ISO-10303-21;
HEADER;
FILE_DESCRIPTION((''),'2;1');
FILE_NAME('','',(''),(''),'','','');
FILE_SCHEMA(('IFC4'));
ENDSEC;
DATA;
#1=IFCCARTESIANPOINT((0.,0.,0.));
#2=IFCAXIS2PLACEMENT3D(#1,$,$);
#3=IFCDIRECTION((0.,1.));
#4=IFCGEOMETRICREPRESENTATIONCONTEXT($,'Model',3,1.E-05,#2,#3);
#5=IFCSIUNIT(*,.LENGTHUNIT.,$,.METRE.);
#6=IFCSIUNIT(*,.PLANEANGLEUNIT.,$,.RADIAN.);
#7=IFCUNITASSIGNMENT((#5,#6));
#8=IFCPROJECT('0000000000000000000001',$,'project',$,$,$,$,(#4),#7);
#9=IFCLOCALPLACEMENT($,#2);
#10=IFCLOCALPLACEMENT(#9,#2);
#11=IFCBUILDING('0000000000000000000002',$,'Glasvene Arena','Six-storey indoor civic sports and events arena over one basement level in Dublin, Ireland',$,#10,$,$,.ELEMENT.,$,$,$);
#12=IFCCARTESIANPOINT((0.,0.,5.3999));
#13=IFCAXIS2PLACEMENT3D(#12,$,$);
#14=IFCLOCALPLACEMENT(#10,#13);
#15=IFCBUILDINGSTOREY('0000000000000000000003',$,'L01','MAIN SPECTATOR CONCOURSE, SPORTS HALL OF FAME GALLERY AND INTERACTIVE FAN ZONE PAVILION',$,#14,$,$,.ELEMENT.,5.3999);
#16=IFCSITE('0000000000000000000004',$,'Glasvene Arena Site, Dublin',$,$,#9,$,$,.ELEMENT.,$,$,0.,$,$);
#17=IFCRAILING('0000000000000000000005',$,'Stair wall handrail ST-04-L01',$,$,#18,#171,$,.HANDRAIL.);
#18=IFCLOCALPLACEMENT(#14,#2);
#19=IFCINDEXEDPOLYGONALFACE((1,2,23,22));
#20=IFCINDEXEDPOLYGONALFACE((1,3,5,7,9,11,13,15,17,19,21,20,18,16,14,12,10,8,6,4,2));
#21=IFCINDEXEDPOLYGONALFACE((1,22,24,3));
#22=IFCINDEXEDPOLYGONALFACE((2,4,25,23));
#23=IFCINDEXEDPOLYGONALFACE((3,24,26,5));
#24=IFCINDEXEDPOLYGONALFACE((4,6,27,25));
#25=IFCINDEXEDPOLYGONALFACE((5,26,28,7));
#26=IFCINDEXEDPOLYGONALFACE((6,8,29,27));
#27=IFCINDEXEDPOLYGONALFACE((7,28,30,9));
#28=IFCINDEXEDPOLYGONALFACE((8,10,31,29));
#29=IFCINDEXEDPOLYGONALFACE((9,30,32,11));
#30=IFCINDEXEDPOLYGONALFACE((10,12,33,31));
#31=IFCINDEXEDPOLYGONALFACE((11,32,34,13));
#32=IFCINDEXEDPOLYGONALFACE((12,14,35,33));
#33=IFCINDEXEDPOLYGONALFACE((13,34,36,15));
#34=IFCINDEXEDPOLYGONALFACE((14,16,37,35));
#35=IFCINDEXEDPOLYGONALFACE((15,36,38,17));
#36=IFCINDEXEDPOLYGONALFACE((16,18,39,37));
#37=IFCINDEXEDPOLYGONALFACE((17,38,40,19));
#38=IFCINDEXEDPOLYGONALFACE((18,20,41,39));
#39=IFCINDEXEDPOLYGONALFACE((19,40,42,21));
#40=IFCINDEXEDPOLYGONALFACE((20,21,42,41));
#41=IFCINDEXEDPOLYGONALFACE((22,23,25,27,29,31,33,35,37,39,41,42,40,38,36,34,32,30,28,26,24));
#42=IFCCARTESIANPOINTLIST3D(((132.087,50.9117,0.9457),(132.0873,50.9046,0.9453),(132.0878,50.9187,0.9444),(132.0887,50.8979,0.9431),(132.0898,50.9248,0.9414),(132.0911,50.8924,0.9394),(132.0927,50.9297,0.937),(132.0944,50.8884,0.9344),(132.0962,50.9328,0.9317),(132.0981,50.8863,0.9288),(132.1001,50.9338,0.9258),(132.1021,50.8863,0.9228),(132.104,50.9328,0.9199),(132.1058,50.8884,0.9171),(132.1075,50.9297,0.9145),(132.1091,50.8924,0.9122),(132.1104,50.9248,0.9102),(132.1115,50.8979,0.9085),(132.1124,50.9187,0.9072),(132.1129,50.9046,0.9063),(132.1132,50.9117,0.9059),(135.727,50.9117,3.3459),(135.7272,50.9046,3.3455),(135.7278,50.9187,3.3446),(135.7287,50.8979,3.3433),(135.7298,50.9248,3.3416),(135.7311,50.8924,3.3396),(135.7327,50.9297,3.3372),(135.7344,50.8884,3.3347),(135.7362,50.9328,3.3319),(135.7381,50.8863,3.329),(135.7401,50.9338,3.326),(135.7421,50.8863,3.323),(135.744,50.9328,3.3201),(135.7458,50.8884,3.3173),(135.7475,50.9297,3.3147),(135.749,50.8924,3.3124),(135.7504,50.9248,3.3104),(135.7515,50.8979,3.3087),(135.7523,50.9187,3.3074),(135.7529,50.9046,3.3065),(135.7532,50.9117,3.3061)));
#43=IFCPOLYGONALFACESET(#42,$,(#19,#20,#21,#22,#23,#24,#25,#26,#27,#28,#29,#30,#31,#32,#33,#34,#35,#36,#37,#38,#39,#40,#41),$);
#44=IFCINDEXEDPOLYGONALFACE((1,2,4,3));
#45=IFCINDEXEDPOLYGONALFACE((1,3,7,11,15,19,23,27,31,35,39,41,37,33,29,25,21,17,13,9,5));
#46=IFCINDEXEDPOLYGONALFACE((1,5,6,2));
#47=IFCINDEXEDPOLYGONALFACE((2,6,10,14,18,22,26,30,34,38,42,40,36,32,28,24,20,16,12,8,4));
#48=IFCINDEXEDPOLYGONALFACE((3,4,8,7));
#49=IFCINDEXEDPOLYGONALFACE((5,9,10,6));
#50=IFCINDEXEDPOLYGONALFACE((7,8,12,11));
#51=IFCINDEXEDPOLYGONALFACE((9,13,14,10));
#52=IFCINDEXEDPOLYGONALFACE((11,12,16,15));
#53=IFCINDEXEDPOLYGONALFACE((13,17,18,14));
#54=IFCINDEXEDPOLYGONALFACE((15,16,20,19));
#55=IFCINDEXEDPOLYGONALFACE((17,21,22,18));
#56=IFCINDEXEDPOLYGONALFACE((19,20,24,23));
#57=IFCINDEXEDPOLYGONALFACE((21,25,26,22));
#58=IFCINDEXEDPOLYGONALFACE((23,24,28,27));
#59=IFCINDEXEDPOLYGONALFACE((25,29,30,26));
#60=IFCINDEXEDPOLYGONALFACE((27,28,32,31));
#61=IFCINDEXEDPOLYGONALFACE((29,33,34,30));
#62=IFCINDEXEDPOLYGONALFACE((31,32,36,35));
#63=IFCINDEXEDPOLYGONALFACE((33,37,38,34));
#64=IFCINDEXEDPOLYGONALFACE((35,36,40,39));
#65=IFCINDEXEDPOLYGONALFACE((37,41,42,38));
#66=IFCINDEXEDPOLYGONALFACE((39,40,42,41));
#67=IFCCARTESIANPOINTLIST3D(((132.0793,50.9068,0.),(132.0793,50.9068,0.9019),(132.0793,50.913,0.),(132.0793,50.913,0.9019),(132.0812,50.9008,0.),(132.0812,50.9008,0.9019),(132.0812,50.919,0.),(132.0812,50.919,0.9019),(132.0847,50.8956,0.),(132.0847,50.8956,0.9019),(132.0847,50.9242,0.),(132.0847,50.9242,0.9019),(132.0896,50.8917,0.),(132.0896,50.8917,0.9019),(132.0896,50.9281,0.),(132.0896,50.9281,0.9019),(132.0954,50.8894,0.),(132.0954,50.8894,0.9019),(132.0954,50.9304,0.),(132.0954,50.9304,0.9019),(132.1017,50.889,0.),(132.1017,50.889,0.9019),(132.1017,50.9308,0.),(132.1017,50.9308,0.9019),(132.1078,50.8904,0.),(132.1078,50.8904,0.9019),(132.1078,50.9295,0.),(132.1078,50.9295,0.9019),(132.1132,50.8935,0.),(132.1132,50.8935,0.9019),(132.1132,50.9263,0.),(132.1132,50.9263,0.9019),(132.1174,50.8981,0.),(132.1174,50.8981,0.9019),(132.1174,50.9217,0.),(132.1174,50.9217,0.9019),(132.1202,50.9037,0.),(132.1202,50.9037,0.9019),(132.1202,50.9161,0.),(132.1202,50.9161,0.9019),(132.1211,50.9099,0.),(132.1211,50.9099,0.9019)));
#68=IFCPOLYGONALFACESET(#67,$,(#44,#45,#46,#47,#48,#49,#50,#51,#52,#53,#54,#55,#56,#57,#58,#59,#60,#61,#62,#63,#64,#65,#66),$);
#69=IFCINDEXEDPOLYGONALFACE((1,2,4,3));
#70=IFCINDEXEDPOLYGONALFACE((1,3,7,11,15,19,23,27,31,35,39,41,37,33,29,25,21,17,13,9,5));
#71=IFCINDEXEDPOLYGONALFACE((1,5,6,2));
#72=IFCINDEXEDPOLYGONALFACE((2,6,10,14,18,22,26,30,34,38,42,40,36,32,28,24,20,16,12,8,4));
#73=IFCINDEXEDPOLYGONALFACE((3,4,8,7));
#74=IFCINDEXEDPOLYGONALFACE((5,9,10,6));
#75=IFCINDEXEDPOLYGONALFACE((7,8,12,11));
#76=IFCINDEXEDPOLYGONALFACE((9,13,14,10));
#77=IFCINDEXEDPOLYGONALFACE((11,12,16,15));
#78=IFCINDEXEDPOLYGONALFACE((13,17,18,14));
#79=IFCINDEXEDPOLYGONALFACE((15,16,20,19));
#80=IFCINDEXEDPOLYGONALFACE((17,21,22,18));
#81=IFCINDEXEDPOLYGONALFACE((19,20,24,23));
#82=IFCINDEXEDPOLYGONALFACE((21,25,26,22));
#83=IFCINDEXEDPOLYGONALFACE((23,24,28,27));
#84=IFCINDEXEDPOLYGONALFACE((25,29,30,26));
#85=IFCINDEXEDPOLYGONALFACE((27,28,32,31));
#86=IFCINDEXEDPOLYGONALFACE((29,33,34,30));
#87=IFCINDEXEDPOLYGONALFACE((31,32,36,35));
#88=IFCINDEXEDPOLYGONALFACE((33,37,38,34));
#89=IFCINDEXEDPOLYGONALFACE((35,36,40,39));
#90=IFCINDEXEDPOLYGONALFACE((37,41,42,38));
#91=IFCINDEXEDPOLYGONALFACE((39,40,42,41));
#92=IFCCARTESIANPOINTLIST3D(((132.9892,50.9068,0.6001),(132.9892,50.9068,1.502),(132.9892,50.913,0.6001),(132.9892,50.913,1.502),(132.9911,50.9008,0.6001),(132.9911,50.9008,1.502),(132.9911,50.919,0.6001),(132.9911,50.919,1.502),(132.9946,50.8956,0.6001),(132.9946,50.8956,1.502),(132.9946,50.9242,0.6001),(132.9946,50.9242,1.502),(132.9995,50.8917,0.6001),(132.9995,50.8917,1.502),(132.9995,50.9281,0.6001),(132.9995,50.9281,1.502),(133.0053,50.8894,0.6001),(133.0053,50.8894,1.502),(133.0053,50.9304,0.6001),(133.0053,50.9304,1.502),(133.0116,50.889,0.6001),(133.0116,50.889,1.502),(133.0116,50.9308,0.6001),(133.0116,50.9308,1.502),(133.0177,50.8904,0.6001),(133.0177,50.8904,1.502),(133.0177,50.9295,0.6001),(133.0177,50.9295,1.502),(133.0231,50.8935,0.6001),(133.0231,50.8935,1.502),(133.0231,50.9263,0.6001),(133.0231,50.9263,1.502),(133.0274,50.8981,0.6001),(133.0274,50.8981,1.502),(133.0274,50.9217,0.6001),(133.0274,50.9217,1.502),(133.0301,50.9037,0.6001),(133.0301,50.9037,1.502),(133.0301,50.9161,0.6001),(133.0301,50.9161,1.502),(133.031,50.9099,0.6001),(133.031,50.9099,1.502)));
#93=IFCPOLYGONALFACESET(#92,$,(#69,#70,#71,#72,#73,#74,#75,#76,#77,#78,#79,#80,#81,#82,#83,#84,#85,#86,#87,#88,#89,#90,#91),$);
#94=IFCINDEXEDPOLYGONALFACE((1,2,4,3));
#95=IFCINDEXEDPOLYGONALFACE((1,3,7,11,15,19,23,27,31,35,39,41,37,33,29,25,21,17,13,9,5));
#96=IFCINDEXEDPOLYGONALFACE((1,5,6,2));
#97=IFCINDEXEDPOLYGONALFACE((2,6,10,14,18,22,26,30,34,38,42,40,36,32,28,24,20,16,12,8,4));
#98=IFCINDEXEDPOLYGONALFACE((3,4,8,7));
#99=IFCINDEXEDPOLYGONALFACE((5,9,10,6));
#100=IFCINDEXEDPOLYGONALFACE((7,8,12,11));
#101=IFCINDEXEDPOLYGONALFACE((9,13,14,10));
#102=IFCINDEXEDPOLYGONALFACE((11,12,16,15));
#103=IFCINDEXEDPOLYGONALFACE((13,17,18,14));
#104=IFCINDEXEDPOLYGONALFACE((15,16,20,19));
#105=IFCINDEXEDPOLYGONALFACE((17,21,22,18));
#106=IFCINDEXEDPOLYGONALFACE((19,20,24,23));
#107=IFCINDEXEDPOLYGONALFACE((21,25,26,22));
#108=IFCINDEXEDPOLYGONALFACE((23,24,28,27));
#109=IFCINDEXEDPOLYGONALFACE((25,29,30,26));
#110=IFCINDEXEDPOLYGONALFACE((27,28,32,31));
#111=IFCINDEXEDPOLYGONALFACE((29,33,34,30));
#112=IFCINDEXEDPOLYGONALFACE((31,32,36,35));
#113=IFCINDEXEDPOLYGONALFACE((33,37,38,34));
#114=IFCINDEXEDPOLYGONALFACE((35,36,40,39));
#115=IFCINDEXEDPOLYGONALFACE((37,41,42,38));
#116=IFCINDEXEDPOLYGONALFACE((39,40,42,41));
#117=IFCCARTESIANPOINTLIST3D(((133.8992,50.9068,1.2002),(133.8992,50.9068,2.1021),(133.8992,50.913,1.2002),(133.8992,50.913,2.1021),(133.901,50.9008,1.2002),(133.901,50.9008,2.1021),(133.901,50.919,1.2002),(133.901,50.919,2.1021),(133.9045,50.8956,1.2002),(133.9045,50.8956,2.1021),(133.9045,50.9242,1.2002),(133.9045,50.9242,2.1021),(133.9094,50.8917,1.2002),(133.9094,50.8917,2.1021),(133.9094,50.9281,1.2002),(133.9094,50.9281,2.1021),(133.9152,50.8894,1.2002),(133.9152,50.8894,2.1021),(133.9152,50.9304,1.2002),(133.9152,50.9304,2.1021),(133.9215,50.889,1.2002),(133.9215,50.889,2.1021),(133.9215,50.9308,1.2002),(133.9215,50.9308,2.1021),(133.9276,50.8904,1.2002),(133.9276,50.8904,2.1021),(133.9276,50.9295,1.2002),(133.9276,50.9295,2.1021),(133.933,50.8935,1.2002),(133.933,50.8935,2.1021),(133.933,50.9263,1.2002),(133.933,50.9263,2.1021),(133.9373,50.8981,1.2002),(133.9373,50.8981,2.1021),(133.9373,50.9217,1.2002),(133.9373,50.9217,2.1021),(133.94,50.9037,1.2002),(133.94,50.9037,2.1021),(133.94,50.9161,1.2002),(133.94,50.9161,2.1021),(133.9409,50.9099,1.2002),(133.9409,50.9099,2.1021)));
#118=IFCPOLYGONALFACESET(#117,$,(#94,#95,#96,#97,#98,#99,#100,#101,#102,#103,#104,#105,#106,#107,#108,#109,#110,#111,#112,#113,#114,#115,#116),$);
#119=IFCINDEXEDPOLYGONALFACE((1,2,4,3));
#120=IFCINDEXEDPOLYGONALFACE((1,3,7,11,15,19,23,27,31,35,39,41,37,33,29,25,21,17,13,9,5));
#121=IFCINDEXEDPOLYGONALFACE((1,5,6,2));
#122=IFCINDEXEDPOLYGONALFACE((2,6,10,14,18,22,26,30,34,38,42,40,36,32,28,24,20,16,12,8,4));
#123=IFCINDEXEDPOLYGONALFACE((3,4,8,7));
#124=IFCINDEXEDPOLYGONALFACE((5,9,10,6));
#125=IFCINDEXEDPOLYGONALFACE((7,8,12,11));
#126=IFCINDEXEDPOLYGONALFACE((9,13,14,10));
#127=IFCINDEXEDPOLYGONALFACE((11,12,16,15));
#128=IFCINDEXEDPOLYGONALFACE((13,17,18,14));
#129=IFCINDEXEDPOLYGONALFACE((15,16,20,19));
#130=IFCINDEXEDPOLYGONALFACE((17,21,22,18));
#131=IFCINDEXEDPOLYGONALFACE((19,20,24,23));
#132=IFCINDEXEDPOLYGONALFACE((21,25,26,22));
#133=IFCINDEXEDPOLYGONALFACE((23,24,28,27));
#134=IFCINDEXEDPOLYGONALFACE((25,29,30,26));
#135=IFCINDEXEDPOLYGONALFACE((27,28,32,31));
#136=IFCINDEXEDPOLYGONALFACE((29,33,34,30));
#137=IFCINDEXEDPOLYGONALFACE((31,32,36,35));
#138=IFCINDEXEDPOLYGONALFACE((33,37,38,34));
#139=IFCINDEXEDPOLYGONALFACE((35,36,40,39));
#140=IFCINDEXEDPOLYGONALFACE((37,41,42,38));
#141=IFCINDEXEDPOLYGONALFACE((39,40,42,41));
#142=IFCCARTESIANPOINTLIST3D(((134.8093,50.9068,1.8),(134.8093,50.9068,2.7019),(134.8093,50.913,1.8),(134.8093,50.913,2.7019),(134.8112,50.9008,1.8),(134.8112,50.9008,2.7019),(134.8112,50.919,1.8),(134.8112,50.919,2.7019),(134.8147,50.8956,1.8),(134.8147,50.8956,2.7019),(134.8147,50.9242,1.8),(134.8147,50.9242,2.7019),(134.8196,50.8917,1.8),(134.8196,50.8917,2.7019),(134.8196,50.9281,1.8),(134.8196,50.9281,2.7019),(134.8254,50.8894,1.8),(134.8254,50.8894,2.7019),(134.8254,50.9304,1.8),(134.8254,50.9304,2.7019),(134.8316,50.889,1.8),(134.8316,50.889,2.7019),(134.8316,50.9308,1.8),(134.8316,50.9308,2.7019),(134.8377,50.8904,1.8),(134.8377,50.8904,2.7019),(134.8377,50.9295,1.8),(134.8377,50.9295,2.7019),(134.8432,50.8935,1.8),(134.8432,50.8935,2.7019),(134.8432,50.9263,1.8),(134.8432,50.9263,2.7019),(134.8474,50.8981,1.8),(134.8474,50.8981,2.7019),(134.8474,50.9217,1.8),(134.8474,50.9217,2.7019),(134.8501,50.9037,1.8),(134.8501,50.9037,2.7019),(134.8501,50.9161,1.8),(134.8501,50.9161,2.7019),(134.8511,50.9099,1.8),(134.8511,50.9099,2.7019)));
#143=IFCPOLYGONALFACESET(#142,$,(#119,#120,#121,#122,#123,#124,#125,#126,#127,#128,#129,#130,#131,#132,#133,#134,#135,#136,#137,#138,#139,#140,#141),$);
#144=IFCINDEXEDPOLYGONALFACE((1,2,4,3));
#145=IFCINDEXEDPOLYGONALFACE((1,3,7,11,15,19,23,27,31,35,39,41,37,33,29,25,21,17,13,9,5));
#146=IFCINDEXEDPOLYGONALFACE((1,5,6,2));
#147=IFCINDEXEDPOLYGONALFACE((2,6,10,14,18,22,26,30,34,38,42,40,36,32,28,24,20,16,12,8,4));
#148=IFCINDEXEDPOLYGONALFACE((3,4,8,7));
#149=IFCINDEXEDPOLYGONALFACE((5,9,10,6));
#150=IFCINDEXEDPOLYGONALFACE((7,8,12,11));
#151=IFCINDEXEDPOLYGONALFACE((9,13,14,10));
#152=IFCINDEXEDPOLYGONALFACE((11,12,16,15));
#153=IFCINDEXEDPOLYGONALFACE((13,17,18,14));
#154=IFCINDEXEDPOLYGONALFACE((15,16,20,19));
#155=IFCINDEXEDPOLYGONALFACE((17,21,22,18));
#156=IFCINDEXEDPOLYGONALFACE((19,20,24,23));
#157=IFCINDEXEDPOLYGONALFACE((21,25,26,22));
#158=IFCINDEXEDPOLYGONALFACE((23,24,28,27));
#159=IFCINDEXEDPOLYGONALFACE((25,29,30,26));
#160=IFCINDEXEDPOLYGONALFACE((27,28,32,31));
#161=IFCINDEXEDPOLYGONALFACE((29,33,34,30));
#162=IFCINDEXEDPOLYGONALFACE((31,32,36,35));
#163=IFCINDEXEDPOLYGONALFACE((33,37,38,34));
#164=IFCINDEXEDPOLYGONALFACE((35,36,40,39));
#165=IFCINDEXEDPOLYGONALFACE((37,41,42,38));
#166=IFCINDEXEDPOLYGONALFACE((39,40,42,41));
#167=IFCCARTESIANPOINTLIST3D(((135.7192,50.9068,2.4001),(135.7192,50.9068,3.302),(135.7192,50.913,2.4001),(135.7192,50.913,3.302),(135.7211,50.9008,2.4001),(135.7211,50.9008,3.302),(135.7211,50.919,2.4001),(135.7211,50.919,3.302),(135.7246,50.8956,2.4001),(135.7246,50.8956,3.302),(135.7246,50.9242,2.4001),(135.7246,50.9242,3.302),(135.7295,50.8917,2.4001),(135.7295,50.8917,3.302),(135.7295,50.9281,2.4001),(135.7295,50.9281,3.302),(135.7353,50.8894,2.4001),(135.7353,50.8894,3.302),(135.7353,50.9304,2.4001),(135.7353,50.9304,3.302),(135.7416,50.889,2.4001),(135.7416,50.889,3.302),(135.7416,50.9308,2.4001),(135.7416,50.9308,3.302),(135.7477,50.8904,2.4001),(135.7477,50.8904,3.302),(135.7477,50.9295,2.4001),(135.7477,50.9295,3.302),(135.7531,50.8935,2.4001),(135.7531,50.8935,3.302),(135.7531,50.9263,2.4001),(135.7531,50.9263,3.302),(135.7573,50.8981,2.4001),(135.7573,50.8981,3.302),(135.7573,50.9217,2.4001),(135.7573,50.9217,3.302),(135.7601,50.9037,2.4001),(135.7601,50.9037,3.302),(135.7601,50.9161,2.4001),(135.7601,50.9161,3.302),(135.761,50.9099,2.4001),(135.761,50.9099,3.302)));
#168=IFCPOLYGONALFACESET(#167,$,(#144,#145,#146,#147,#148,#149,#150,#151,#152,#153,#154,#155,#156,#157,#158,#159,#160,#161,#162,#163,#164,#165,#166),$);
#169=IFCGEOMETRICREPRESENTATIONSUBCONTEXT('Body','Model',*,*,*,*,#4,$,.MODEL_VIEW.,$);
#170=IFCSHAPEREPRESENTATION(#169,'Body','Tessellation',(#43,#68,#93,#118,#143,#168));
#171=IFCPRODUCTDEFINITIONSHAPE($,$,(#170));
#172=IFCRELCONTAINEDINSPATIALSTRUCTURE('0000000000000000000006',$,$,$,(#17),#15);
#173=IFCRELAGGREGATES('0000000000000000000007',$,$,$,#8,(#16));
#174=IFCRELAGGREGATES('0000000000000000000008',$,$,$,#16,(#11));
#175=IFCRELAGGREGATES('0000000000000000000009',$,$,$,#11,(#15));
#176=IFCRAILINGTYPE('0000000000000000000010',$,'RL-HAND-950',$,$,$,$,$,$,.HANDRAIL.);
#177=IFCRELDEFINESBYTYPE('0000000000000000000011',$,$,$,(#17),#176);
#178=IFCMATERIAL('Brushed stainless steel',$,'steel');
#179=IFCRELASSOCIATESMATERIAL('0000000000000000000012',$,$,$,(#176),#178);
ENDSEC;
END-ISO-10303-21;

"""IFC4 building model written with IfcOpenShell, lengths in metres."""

from ifc_helpers import new_model, si_unit, direction, frame, origin, origin_2d, place, context, subcontext, project, spatial, circle, extrude, material, type_object, element, save


model = new_model("IFC4")

# Units and contexts
model_context = context("Model", 3, precision=1e-05, world=origin(), true_north=direction((0.0, 1.0)))
body_context = subcontext(model_context, "Body", "Model", "MODEL_VIEW")
ifc_project = project(units=[si_unit("LENGTHUNIT", "METRE"), si_unit("PLANEANGLEUNIT", "RADIAN")], contexts=[model_context])

# Site, building, storey
site_placement = place(None, origin())
site = spatial("IfcSite", under=ifc_project, at=site_placement, Name="Glasvene Arena Site, Dublin", CompositionType="ELEMENT", RefElevation=0.0)
building_placement = place(site_placement, origin())
building = spatial("IfcBuilding", under=site, at=building_placement, Name="Glasvene Arena", Description="Six-storey indoor civic sports and events arena over one basement level in Dublin, Ireland", CompositionType="ELEMENT")
storey_placement = place(building_placement, frame((0.0, 0.0, 5.3999)))
storey = spatial("IfcBuildingStorey", under=building, at=storey_placement, Name="L01", Description="MAIN SPECTATOR CONCOURSE, SPORTS HALL OF FAME GALLERY AND INTERACTIVE FAN ZONE PAVILION", CompositionType="ELEMENT", Elevation=5.3999)

# Shared definitions
ifc_material_1 = material(Name="Brushed stainless steel", Category="steel")

# Railing
railing_type_1 = type_object("IfcRailingType", Name="RL-HAND-950", PredefinedType="HANDRAIL", material=ifc_material_1)
railing_1_placement = place(storey_placement, frame((132.1001, 50.9099, 0.0)))
element("IfcRailing", 1, at=railing_1_placement, inside=storey, type_object=railing_type_1, Name="Stair wall handrail ST-04-L01", PredefinedType="HANDRAIL", context=body_context, shape_type="SweptSolid", body=[
    extrude(circle(Radius=0.0239, at=origin_2d()), frame((0.0, 0.0, 0.9258), z_axis=(0.834839, 0.0, 0.550493), x_axis=(0.0, 1.0, 0.0)), (0.0, 0.0, 1.0), 4.3601),
    extrude(circle(Radius=0.021, at=origin_2d()), origin(), (0.0, 0.0, 1.0), 0.9019),
    extrude(circle(Radius=0.021, at=origin_2d()), frame((0.9099, 0.0, 0.6001)), (0.0, 0.0, 1.0), 0.9019),
    extrude(circle(Radius=0.021, at=origin_2d()), frame((1.8198, 0.0, 1.2002)), (0.0, 0.0, 1.0), 0.9019),
    extrude(circle(Radius=0.021, at=origin_2d()), frame((2.73, 0.0, 1.8)), (0.0, 0.0, 1.0), 0.9019),
    extrude(circle(Radius=0.021, at=origin_2d()), frame((3.6399, 0.0, 2.4001)), (0.0, 0.0, 1.0), 0.9019),
])

save(model, "model.ifc")
